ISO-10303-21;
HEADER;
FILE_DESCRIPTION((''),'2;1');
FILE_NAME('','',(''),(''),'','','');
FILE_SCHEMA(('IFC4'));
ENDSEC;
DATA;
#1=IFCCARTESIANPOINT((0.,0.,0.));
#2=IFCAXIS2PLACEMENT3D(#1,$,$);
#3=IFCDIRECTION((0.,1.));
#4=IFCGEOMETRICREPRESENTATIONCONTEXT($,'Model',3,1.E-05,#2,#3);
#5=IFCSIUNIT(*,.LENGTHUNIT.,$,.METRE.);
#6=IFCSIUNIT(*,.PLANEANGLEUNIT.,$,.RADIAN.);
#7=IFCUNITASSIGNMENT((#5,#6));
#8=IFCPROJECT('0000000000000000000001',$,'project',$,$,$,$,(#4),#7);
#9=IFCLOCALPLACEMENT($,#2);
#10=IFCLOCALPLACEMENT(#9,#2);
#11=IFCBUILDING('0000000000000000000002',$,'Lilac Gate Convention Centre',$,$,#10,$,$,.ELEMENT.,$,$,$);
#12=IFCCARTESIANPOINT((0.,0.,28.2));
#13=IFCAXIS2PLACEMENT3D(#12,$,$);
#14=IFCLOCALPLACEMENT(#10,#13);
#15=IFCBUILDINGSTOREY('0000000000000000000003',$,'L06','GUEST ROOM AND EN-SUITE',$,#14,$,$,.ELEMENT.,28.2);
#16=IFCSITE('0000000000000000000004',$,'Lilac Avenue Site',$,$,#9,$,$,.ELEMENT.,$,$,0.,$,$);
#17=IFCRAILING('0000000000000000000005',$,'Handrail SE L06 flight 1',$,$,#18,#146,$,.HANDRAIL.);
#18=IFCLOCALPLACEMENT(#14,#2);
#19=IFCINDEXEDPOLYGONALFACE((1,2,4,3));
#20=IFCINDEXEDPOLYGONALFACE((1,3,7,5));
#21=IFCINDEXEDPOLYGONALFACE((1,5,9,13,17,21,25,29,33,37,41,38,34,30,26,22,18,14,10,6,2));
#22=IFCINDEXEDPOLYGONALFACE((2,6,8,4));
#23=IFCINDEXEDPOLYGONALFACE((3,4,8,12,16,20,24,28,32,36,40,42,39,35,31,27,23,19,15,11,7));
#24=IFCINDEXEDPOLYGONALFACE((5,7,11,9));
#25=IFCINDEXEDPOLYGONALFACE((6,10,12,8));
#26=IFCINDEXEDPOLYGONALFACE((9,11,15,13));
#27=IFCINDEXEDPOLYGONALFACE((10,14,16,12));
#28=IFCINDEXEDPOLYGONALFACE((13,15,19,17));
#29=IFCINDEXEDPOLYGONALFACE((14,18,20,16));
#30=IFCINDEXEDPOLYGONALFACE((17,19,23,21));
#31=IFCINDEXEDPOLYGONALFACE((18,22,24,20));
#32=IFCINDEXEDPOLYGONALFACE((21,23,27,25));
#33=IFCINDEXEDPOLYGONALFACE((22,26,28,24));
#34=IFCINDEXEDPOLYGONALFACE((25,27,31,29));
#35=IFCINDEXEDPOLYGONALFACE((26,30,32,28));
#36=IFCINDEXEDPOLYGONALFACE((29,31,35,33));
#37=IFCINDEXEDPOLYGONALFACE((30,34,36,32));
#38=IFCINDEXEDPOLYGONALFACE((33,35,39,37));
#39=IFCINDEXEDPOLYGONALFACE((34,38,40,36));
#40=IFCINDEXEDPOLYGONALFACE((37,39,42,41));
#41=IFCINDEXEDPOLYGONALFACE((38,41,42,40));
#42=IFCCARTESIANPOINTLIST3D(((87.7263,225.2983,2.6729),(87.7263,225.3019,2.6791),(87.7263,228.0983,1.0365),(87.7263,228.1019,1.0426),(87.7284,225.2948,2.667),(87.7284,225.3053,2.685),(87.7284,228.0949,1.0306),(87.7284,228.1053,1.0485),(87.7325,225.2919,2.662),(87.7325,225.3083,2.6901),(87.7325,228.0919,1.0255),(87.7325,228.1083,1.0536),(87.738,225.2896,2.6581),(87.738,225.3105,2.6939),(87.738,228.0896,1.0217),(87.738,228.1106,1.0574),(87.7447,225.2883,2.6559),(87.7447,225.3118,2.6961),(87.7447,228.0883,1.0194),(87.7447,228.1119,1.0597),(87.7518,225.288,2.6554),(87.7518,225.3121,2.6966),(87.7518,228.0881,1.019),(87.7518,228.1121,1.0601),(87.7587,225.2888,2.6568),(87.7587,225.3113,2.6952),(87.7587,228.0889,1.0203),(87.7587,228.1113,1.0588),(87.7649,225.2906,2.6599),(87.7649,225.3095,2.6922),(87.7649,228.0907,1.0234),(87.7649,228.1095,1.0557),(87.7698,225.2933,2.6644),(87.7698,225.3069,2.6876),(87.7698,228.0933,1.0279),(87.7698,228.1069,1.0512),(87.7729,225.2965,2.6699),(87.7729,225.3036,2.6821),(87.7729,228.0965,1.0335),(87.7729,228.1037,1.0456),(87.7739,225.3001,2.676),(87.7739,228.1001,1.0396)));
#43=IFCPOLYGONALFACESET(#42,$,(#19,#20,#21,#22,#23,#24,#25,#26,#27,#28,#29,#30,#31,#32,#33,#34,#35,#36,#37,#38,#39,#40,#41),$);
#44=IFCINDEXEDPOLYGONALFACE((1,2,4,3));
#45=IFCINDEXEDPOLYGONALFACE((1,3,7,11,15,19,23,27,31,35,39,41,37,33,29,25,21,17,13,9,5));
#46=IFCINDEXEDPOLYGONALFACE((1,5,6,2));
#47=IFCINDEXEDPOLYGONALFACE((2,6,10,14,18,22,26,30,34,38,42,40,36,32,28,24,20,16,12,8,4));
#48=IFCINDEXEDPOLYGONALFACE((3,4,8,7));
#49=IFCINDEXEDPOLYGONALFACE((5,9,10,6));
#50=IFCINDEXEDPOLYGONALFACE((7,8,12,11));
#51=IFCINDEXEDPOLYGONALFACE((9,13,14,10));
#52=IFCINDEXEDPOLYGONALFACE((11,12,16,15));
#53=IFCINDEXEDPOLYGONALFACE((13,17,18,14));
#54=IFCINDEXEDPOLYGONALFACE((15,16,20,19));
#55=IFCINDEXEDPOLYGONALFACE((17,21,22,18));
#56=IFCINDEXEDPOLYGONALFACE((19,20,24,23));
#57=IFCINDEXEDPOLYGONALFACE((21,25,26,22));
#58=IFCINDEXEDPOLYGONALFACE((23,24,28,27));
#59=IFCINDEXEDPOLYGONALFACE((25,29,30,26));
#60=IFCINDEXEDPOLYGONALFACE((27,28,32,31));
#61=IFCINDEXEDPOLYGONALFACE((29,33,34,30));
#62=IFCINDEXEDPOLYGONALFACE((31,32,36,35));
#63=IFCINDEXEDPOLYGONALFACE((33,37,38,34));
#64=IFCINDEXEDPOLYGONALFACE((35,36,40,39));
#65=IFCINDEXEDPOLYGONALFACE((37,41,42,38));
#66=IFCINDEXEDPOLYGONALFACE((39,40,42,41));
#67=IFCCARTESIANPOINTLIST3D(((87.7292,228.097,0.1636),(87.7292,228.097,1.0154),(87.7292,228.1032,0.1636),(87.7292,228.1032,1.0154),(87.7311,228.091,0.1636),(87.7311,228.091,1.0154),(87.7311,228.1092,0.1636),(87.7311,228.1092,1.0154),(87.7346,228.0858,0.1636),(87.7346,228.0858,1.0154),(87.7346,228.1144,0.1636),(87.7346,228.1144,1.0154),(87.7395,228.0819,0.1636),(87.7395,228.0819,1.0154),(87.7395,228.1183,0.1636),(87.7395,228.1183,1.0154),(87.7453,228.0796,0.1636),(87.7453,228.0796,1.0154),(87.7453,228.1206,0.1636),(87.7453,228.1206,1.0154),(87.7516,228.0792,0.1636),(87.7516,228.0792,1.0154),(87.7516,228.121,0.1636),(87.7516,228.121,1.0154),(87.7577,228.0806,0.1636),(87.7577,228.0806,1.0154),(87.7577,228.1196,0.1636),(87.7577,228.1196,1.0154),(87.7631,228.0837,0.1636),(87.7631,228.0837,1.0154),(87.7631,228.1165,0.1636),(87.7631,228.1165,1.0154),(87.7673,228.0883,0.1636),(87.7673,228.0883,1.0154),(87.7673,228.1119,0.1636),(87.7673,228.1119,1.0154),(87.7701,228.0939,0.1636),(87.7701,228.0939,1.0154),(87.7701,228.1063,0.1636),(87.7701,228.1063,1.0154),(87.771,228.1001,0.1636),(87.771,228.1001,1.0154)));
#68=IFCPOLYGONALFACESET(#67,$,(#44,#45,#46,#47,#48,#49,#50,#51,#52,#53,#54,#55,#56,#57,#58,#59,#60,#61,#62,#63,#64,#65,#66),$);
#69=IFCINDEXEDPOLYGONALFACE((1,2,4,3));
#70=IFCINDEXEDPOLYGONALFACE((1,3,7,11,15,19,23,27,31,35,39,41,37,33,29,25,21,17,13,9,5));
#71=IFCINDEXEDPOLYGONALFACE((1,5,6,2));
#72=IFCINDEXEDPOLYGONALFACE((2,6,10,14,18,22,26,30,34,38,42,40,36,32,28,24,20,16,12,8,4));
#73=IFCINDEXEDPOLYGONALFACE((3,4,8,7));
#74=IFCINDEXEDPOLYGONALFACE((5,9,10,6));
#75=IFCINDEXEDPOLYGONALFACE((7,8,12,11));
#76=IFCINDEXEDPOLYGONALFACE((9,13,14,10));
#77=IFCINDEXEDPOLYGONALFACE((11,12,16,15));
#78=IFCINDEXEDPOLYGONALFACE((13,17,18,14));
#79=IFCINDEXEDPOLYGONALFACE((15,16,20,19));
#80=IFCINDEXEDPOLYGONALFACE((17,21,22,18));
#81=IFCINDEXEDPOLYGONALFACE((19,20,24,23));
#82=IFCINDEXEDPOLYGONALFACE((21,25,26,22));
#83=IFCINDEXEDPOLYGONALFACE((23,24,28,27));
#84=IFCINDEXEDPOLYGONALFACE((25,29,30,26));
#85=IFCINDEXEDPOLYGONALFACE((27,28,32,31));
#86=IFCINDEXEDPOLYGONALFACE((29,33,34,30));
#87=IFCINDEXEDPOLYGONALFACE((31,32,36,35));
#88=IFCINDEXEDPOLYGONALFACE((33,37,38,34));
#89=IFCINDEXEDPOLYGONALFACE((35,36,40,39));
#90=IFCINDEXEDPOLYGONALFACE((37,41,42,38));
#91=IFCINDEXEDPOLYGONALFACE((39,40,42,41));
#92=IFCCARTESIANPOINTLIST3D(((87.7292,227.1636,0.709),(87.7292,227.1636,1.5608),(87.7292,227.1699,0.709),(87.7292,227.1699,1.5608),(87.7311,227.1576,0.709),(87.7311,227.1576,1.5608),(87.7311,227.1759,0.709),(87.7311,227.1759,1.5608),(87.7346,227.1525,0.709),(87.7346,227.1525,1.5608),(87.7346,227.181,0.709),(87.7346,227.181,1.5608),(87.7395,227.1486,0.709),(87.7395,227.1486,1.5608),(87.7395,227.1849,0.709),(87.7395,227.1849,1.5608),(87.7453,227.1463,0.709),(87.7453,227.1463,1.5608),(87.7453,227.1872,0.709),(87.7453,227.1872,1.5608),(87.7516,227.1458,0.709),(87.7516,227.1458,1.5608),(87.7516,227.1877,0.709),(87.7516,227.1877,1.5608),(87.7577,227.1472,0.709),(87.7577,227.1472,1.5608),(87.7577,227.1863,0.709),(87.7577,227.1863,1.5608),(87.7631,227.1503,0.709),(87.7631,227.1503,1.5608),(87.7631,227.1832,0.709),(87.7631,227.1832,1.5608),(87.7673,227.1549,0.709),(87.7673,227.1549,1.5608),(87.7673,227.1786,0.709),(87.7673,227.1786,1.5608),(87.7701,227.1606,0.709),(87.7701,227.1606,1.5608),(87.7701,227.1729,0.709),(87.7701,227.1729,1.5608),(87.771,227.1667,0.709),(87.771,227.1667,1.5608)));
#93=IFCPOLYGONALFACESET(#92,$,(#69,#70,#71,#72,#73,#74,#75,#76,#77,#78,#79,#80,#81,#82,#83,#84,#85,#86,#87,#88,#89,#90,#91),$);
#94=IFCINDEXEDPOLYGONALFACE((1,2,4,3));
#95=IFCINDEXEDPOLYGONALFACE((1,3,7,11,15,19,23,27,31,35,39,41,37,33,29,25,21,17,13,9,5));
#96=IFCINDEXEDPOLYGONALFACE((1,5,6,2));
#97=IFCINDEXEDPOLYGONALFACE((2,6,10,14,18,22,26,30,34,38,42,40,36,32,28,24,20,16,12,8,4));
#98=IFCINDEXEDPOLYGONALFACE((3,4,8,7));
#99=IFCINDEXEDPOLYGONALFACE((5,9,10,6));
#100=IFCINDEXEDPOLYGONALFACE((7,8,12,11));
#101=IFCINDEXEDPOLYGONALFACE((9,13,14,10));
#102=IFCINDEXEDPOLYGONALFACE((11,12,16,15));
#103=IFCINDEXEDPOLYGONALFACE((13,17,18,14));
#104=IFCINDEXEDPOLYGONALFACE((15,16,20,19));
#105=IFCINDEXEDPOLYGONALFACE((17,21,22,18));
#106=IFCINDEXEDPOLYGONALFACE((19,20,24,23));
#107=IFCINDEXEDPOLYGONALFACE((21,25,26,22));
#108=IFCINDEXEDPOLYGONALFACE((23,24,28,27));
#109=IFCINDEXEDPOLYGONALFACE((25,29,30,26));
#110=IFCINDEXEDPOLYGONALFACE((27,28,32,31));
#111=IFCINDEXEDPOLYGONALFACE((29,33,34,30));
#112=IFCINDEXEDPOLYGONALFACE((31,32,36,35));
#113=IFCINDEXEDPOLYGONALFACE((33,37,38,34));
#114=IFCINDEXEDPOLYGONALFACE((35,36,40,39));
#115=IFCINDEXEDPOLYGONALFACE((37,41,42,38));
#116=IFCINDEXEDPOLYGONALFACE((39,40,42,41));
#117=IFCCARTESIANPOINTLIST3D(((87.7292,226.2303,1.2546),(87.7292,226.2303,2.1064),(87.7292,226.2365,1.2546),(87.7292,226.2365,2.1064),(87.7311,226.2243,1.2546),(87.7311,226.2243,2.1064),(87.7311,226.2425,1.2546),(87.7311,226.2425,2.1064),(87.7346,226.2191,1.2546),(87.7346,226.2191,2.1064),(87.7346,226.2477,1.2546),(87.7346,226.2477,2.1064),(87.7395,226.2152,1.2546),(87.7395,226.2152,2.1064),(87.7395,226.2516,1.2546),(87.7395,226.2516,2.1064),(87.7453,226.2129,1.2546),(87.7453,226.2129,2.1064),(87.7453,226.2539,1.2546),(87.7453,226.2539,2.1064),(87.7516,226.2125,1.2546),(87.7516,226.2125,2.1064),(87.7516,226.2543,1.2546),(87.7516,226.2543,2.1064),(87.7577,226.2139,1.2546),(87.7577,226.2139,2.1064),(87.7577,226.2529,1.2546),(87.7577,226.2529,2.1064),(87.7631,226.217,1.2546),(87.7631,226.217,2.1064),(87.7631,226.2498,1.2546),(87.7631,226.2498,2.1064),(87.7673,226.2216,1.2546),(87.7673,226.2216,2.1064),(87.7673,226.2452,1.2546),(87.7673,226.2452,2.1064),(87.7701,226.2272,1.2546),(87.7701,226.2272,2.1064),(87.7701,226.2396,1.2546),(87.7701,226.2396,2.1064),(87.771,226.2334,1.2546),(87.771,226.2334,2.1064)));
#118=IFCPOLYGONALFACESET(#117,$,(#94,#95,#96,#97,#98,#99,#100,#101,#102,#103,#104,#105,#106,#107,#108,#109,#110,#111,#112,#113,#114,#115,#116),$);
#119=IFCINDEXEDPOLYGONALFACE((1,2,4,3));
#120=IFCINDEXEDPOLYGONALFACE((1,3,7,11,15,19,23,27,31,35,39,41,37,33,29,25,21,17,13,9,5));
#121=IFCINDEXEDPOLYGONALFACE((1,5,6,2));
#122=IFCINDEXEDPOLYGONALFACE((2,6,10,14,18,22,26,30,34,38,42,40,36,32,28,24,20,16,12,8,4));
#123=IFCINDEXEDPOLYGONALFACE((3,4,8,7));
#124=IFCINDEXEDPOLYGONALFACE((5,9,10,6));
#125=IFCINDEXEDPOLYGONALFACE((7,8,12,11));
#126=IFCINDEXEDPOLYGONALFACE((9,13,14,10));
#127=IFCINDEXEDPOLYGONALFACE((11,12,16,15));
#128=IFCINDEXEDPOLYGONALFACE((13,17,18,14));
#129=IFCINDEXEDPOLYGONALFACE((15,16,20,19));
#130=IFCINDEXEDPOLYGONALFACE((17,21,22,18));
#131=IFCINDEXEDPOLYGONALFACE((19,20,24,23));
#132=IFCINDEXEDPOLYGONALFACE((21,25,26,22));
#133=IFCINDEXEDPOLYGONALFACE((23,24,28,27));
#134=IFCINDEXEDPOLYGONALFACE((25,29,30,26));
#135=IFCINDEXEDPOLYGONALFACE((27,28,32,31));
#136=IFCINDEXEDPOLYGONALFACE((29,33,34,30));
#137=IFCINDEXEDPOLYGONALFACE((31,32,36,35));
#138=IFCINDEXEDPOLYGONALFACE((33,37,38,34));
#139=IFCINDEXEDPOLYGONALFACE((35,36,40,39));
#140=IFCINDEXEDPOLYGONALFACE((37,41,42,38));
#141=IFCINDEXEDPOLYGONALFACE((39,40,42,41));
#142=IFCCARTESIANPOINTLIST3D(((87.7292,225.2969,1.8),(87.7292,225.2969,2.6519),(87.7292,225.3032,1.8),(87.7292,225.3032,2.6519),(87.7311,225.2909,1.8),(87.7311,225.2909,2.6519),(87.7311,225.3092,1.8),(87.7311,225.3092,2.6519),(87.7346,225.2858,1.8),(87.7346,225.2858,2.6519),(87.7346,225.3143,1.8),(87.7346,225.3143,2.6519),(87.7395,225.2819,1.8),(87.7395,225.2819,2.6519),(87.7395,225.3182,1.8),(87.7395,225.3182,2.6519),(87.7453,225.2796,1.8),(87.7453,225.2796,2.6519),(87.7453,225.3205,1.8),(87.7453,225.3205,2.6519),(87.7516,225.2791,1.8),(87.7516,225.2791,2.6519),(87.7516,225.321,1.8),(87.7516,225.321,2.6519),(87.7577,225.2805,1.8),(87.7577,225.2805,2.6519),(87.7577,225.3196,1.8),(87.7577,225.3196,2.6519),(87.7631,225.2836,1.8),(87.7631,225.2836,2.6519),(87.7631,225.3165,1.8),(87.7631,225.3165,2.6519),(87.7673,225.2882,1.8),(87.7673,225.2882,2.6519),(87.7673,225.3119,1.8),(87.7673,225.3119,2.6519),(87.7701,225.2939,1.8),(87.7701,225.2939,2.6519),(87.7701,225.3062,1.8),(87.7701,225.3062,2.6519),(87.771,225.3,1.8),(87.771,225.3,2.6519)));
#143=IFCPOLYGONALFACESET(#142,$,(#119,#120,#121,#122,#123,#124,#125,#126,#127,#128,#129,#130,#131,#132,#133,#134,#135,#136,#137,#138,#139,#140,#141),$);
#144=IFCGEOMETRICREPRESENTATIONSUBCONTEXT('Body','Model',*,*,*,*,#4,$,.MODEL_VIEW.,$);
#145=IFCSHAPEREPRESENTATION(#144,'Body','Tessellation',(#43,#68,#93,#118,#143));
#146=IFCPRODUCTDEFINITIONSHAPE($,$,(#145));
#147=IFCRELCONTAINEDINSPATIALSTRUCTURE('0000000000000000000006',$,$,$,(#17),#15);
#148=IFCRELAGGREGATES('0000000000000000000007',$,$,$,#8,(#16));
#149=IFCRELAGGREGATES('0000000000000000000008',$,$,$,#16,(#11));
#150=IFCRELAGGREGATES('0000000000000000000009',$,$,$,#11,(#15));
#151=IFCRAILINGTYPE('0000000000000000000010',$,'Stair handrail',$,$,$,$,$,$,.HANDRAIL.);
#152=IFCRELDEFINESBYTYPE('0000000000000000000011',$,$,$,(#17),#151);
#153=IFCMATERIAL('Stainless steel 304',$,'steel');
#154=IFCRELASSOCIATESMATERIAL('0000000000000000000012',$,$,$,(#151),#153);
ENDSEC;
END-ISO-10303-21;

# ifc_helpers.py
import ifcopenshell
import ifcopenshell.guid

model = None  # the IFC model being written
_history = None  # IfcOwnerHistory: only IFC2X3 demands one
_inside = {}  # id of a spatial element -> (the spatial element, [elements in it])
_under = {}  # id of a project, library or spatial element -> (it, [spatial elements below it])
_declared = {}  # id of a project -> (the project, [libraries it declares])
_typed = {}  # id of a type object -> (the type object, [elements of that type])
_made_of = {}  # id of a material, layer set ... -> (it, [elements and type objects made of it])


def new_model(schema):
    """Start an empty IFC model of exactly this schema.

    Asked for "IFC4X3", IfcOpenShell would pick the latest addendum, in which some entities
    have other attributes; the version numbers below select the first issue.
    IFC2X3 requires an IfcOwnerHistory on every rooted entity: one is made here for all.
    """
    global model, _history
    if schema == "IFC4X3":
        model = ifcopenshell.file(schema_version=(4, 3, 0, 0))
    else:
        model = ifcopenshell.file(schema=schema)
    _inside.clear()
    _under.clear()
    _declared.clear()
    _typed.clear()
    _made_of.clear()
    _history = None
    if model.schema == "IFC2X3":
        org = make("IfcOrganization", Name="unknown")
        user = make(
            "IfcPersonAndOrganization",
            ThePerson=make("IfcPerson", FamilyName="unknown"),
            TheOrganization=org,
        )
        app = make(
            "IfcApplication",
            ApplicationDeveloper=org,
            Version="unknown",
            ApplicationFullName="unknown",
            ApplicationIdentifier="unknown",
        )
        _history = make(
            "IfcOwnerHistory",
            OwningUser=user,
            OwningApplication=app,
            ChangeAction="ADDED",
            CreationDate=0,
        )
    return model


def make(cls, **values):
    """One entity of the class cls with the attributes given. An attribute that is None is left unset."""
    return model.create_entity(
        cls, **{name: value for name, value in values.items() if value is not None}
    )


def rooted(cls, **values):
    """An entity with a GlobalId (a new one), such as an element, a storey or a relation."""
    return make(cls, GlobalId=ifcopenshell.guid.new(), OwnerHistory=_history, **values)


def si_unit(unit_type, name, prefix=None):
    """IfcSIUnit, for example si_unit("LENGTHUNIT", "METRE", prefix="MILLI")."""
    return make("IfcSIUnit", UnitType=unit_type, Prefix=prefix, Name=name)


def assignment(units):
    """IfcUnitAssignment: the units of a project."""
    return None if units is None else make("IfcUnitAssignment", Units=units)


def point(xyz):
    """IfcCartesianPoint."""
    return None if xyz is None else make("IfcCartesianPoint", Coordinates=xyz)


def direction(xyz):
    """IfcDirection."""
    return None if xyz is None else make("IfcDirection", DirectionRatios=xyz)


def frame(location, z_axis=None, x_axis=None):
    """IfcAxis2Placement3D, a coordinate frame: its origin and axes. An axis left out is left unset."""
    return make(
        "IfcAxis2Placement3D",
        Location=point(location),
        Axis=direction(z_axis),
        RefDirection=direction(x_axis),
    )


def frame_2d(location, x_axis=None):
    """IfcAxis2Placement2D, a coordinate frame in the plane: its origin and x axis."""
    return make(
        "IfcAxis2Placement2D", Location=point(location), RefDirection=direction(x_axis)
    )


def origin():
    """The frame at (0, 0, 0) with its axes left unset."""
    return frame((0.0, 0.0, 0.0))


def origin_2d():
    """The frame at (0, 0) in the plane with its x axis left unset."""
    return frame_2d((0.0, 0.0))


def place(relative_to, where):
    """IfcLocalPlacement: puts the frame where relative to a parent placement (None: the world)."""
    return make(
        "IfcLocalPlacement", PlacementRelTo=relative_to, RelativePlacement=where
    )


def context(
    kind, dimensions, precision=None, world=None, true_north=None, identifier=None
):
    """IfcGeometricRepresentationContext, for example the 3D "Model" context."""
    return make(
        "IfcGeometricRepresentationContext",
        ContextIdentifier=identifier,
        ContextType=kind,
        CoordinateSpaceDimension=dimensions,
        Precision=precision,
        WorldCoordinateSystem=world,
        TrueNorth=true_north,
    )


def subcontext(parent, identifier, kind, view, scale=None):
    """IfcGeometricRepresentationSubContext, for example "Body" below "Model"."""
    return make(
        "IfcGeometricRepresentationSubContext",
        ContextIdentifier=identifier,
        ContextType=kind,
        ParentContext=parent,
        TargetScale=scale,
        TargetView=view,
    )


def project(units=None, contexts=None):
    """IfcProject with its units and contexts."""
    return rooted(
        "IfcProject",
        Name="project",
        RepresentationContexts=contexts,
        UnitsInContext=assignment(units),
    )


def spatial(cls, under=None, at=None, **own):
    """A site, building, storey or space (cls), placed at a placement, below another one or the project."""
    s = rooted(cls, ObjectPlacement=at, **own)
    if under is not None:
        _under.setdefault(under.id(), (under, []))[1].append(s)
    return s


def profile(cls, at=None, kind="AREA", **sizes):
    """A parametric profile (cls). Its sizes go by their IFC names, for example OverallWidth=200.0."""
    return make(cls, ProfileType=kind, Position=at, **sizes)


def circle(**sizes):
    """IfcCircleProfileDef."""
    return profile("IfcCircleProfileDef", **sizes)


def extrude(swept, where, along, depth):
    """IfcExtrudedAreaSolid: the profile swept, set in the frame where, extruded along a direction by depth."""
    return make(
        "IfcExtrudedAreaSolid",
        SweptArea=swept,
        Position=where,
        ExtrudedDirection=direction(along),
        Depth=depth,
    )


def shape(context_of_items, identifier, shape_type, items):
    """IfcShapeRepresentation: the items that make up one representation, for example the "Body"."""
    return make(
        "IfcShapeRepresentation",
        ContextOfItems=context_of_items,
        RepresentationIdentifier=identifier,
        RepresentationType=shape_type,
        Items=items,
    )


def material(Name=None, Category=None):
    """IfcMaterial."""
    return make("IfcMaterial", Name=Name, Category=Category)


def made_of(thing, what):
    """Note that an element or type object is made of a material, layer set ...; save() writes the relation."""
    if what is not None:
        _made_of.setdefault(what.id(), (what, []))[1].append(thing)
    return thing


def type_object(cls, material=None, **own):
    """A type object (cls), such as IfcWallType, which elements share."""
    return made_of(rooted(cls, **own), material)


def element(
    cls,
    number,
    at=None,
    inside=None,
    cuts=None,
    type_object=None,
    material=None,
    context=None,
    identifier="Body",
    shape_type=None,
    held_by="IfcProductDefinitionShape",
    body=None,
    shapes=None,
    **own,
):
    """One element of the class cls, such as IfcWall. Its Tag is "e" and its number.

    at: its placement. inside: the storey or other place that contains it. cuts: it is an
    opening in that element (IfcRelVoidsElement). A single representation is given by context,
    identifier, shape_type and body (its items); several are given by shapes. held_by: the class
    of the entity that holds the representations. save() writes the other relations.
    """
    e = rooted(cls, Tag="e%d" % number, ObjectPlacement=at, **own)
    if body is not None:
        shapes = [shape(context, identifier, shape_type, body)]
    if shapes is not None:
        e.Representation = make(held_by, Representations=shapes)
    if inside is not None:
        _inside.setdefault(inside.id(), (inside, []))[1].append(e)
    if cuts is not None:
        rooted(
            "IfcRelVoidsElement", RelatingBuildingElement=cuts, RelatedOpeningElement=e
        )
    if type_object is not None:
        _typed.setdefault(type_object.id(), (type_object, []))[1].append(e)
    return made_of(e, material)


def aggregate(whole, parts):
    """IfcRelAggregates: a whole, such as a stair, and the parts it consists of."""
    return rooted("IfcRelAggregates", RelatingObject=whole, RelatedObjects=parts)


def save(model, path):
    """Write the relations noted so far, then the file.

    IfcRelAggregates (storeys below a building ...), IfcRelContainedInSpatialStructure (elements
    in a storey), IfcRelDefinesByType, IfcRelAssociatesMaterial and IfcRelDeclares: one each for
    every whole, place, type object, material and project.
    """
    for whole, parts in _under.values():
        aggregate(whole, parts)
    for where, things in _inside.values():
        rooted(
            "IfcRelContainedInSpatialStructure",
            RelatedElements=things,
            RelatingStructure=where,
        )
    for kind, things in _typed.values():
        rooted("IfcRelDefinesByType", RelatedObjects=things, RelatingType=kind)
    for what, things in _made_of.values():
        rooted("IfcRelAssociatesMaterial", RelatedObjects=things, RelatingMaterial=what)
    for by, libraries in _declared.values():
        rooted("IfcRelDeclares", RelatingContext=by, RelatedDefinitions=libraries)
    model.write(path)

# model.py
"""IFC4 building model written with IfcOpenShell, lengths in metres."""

from ifc_helpers import new_model, si_unit, direction, frame, origin, origin_2d, place, context, subcontext, project, spatial, circle, extrude, material, type_object, element, save


model = new_model("IFC4")

# Units and contexts
model_context = context("Model", 3, precision=1e-05, world=origin(), true_north=direction((0.0, 1.0)))
body_context = subcontext(model_context, "Body", "Model", "MODEL_VIEW")
ifc_project = project(units=[si_unit("LENGTHUNIT", "METRE"), si_unit("PLANEANGLEUNIT", "RADIAN")], contexts=[model_context])

# Site, building, storey
site_placement = place(None, origin())
site = spatial("IfcSite", under=ifc_project, at=site_placement, Name="Lilac Avenue Site", CompositionType="ELEMENT", RefElevation=0.0)
building_placement = place(site_placement, origin())
building = spatial("IfcBuilding", under=site, at=building_placement, Name="Lilac Gate Convention Centre", CompositionType="ELEMENT")
storey_placement = place(building_placement, frame((0.0, 0.0, 28.2)))
storey = spatial("IfcBuildingStorey", under=building, at=storey_placement, Name="L06", Description="GUEST ROOM AND EN-SUITE", CompositionType="ELEMENT", Elevation=28.2)

# Railing
ifc_material_1 = material(Name="Stainless steel 304", Category="steel")
railing_type = type_object("IfcRailingType", Name="Stair handrail", PredefinedType="HANDRAIL", material=ifc_material_1)
for number, where, name in (
    (1, (87.75, 228.1001, 0.1636), "Handrail SE L06 flight 1"),
):
    element("IfcRailing", number, at=place(storey_placement, frame(where)), inside=storey, type_object=railing_type, Name=name, PredefinedType="HANDRAIL", context=body_context, shape_type="SweptSolid", body=[
        extrude(circle(Radius=0.0239, at=origin_2d()), frame((0.0, 0.0, 0.876), z_axis=(0.0, -0.863361, 0.504587), x_axis=(1.0, 0.0, 0.0)), (0.0, 0.0, 1.0), 3.2432),
        extrude(circle(Radius=0.021, at=origin_2d()), origin(), (0.0, 0.0, 1.0), 0.8518),
        extrude(circle(Radius=0.021, at=origin_2d()), frame((0.0, -0.9333, 0.5454)), (0.0, 0.0, 1.0), 0.8518),
        extrude(circle(Radius=0.021, at=origin_2d()), frame((0.0, -1.8667, 1.0911)), (0.0, 0.0, 1.0), 0.8518),
        extrude(circle(Radius=0.021, at=origin_2d()), frame((0.0, -2.8, 1.6365)), (0.0, 0.0, 1.0), 0.8518),
    ])

save(model, "model.ifc")
